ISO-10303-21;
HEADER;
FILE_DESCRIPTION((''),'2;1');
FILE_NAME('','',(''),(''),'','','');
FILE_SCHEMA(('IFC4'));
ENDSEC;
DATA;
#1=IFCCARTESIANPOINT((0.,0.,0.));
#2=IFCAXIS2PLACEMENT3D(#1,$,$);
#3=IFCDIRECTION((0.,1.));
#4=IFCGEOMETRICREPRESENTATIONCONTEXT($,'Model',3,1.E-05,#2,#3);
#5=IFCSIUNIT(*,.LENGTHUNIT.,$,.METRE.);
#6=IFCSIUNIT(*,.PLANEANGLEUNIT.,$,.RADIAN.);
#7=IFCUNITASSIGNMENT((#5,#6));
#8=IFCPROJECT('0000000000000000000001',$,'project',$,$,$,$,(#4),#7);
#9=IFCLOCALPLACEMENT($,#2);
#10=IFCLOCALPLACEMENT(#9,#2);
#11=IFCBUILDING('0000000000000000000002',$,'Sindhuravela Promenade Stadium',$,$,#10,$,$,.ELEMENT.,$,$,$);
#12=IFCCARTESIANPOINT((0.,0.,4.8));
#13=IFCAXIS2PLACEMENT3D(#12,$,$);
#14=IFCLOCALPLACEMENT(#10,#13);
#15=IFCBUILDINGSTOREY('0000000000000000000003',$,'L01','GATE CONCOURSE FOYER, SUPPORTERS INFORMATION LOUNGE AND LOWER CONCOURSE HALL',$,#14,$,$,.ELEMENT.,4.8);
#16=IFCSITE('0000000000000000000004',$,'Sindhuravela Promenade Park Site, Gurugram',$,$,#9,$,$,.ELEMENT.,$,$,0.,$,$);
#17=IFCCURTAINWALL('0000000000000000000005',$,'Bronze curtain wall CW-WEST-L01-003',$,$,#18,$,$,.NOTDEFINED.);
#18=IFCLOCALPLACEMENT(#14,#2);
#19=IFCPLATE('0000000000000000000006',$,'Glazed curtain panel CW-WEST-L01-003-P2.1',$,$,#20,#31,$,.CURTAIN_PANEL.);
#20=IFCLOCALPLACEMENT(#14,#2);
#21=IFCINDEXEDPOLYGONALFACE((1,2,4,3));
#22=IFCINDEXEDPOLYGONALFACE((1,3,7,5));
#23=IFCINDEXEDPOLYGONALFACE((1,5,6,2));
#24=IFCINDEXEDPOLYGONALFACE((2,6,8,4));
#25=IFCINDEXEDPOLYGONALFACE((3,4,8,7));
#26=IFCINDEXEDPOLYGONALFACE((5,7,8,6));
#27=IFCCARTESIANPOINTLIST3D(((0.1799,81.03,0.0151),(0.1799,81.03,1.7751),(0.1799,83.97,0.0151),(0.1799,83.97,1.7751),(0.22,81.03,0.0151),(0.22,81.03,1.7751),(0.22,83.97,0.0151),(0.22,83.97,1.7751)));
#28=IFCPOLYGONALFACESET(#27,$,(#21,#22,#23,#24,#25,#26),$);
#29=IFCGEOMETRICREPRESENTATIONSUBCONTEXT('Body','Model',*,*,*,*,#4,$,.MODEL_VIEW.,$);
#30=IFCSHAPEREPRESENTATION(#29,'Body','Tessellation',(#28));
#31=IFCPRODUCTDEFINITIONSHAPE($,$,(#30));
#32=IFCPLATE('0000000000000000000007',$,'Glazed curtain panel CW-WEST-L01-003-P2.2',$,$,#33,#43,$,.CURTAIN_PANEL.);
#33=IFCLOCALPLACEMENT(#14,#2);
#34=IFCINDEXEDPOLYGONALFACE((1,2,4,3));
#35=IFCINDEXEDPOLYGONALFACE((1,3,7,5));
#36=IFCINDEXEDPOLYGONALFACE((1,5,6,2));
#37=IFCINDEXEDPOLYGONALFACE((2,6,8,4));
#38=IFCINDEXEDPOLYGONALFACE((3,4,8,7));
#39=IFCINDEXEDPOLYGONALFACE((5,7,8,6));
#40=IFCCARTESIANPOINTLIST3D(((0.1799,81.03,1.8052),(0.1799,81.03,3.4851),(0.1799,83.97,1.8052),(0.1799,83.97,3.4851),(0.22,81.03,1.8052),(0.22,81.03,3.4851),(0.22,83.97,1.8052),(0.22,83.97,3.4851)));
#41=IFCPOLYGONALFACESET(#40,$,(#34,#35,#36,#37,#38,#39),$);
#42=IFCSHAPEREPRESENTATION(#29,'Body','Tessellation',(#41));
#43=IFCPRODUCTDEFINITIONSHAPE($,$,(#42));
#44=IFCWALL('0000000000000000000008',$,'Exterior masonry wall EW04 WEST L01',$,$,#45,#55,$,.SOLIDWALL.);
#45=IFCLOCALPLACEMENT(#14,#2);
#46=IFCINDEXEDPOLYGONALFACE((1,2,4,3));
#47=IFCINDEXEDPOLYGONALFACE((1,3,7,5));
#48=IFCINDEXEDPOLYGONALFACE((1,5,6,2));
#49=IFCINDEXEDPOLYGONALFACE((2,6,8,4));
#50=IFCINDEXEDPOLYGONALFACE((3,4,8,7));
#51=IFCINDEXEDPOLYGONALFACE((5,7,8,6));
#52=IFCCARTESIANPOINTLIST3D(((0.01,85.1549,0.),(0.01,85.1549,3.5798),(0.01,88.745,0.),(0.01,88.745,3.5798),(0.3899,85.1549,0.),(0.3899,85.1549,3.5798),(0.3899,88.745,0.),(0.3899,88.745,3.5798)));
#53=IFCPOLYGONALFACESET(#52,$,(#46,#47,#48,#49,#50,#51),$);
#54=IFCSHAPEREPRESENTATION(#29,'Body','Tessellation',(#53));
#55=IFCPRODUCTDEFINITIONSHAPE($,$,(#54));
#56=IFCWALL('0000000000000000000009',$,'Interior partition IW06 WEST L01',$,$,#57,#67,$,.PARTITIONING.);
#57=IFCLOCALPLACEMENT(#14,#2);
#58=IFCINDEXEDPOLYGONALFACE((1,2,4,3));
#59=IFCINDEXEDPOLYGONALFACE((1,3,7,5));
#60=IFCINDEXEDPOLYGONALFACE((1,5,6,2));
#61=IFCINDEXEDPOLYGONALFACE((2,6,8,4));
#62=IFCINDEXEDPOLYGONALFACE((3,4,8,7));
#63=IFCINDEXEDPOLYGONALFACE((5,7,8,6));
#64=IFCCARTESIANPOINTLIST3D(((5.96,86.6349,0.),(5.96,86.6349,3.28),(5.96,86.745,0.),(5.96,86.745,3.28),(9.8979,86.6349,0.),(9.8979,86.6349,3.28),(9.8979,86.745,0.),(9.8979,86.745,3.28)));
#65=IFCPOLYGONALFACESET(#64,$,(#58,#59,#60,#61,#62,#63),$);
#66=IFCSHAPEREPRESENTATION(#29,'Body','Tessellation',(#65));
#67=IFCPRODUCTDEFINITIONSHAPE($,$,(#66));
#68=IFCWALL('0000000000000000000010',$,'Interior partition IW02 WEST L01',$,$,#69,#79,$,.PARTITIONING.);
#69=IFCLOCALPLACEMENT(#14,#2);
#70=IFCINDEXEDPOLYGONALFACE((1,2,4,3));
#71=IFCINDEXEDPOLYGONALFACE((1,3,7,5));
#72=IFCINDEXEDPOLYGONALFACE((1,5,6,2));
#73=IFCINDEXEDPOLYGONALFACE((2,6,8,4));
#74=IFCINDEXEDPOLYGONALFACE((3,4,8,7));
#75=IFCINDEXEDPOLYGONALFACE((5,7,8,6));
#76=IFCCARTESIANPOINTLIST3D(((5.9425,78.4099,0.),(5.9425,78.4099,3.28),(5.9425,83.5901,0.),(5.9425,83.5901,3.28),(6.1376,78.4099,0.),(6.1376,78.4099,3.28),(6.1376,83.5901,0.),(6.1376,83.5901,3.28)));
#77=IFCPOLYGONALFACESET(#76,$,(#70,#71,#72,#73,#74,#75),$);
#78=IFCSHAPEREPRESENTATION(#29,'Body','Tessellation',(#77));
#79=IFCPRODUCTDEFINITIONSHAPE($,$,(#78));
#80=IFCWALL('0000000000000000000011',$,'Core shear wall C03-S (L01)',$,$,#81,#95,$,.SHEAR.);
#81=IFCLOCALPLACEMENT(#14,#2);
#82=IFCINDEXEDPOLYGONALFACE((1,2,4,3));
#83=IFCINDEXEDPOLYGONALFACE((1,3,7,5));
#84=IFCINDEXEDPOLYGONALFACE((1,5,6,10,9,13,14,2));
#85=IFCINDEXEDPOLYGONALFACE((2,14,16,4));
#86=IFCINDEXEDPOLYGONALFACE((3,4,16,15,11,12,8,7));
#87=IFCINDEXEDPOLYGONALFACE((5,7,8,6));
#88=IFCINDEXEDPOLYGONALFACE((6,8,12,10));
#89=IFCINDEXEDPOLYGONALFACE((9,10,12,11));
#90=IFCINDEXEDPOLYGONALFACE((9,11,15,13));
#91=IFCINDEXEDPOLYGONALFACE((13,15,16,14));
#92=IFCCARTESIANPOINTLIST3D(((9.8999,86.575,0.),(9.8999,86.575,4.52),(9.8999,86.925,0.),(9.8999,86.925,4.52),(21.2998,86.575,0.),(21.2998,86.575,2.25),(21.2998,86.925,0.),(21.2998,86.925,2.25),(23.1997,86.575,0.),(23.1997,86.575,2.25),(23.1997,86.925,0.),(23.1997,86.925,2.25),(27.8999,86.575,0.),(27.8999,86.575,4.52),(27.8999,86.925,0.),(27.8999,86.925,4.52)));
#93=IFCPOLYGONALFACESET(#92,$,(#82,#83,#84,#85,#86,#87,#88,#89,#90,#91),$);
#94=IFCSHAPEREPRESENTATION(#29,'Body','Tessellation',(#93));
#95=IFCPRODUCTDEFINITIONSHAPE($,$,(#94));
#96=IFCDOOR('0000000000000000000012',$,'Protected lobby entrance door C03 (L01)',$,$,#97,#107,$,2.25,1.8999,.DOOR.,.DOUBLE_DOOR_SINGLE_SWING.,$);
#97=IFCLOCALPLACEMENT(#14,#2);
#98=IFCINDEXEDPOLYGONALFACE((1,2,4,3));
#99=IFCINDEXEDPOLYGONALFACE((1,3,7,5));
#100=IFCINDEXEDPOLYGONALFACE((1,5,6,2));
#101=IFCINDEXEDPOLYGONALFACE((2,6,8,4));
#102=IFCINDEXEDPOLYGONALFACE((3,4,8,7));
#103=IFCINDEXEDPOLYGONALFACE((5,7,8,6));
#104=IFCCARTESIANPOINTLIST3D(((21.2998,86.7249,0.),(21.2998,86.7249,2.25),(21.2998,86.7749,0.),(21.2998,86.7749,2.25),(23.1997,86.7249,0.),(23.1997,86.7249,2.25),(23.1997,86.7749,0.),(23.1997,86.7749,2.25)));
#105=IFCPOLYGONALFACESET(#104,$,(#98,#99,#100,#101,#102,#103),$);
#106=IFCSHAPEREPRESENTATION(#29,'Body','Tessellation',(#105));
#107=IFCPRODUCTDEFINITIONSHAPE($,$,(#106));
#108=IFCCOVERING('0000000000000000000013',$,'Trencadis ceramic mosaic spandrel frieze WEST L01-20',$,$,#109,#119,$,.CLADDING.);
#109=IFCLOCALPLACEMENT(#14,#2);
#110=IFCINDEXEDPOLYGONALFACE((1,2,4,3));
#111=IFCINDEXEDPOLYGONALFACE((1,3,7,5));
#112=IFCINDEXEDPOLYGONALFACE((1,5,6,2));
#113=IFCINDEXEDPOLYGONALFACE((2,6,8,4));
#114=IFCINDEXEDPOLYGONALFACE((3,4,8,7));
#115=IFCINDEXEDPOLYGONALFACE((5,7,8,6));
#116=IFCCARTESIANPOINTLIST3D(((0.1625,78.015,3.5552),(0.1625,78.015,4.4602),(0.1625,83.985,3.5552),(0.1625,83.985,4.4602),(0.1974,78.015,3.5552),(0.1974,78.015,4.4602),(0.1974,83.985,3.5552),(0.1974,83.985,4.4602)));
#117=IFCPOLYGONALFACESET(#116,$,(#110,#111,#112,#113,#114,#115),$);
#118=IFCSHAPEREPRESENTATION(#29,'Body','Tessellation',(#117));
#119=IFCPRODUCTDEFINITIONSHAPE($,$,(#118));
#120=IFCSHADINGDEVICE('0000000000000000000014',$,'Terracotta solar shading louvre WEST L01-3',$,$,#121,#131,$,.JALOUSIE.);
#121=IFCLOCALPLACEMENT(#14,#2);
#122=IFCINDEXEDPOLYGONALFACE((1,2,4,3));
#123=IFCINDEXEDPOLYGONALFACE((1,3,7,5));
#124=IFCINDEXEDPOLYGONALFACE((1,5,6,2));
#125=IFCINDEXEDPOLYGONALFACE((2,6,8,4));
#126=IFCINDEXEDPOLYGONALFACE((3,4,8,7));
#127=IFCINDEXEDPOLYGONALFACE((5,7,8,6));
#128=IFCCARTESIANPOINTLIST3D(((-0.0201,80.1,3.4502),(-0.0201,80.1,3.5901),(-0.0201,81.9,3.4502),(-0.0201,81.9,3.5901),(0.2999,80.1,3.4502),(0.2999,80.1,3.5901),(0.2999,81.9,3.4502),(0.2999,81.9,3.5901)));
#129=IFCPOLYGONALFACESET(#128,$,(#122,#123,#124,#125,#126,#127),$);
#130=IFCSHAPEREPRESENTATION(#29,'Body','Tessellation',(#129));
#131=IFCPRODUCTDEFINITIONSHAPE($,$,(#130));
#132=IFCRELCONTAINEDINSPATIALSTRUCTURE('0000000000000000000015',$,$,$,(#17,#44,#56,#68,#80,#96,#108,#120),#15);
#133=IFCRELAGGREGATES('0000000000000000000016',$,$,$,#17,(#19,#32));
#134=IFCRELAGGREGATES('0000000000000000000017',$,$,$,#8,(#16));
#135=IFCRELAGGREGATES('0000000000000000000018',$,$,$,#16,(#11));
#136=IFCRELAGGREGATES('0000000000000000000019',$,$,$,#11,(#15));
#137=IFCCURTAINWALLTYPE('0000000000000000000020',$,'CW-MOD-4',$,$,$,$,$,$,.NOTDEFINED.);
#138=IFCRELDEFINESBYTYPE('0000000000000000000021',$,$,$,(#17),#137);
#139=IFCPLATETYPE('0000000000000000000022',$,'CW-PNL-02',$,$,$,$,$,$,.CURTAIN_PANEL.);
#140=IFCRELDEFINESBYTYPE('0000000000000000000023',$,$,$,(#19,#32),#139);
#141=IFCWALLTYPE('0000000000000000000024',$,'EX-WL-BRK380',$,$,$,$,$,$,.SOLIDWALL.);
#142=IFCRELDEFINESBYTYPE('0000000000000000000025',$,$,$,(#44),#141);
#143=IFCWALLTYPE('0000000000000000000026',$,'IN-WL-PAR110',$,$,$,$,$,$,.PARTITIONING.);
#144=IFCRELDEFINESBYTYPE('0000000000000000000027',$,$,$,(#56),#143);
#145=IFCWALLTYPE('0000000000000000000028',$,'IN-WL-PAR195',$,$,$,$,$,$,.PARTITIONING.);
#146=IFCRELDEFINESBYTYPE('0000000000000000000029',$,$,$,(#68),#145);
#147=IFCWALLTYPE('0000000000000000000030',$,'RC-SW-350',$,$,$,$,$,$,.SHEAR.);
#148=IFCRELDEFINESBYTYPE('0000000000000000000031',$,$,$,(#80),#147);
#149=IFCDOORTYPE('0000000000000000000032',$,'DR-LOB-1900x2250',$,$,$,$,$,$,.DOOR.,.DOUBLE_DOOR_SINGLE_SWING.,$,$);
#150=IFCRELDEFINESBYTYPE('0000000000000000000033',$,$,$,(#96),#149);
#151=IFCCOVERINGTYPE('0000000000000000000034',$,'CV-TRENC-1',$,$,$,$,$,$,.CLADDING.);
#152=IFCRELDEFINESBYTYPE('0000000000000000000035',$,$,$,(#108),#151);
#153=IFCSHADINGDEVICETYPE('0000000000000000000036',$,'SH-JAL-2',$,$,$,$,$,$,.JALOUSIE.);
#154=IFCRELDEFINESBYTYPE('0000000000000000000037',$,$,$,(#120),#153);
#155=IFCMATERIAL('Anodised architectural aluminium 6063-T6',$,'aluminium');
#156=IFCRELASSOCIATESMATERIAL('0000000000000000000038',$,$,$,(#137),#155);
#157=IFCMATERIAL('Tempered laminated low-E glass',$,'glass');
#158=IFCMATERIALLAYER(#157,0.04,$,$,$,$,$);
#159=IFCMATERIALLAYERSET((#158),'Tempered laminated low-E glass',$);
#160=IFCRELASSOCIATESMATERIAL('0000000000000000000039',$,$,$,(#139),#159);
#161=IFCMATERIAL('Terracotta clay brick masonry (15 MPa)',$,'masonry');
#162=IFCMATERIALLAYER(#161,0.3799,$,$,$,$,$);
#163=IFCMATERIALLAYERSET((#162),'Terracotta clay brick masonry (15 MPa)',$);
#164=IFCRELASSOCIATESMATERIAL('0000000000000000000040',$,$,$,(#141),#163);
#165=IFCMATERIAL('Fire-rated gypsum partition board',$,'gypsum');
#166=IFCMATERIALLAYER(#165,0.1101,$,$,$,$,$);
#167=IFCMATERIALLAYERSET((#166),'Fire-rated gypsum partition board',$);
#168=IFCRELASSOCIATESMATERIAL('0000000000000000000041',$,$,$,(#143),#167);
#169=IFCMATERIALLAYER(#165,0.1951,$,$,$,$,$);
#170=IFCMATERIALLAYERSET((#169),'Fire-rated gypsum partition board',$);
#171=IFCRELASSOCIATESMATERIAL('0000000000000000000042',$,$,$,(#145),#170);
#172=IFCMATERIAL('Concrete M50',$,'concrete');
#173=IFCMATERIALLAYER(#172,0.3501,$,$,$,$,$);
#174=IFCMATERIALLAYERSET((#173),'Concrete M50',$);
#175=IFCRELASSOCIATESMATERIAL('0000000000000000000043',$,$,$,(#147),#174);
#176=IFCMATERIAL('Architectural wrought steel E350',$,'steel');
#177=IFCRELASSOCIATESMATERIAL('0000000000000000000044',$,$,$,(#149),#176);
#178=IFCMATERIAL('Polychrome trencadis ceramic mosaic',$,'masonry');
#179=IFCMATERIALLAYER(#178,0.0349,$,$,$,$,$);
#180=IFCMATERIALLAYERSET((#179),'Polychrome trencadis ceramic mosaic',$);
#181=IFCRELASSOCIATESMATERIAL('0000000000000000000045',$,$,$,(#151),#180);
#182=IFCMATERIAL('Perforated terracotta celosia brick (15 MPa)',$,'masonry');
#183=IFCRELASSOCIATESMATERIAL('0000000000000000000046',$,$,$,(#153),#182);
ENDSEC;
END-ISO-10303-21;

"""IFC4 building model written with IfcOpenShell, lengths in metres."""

from ifc_helpers import new_model, si_unit, direction, frame, frame_2d, origin, origin_2d, place, context, subcontext, project, spatial, rectangle, extrude, material, layer, layer_set, type_object, element, fill, aggregate, save


model = new_model("IFC4")

# Units and contexts
model_context = context("Model", 3, precision=1e-05, world=origin(), true_north=direction((0.0, 1.0)))
body_context = subcontext(model_context, "Body", "Model", "MODEL_VIEW")
ifc_project = project(units=[si_unit("LENGTHUNIT", "METRE"), si_unit("PLANEANGLEUNIT", "RADIAN")], contexts=[model_context])

# Site, building, storey
site_placement = place(None, origin())
site = spatial("IfcSite", under=ifc_project, at=site_placement, Name="Sindhuravela Promenade Park Site, Gurugram", CompositionType="ELEMENT", RefElevation=0.0)
building_placement = place(site_placement, origin())
building = spatial("IfcBuilding", under=site, at=building_placement, Name="Sindhuravela Promenade Stadium", CompositionType="ELEMENT")
storey_placement = place(building_placement, frame((0.0, 0.0, 4.8)))
storey = spatial("IfcBuildingStorey", under=building, at=storey_placement, Name="L01", Description="GATE CONCOURSE FOYER, SUPPORTERS INFORMATION LOUNGE AND LOWER CONCOURSE HALL", CompositionType="ELEMENT", Elevation=4.8)

# Shared definitions
ifc_material_1 = material(Name="Concrete M50", Category="concrete")

# Curtain wall
ifc_material_2 = material(Name="Anodised architectural aluminium 6063-T6", Category="aluminium")
curtain_wall_type = type_object("IfcCurtainWallType", Name="CW-MOD-4", PredefinedType="NOTDEFINED", material=ifc_material_2)
curtain_wall_placement = place(storey_placement, origin())
curtain_wall = element("IfcCurtainWall", 1, at=curtain_wall_placement, inside=storey, type_object=curtain_wall_type, Name="Bronze curtain wall CW-WEST-L01-003", PredefinedType="NOTDEFINED")

# Plates
ifc_material_3 = material(Name="Tempered laminated low-E glass", Category="glass")
ifc_layer_1 = layer(ifc_material_3, 0.04)
ifc_layer_set_1 = layer_set([ifc_layer_1], Name="Tempered laminated low-E glass")
plate_type = type_object("IfcPlateType", Name="CW-PNL-02", PredefinedType="CURTAIN_PANEL", material=ifc_layer_set_1)
plate_1_placement = place(storey_placement, frame((0.2, 82.5, 0.0151), z_axis=(0.0, 0.0, 1.0), x_axis=(0.0, 1.0, 0.0)))
plate_1 = element("IfcPlate", 2, at=plate_1_placement, type_object=plate_type, Name="Glazed curtain panel CW-WEST-L01-003-P2.1", PredefinedType="CURTAIN_PANEL", context=body_context, shape_type="SweptSolid", body=[
    extrude(rectangle(XDim=2.9399, YDim=0.04, at=origin_2d()), origin(), (0.0, 0.0, 1.0), 1.76),
])
plate_2_placement = place(storey_placement, frame((0.2, 82.5, 1.8052), z_axis=(0.0, 0.0, 1.0), x_axis=(0.0, 1.0, 0.0)))
plate_2 = element("IfcPlate", 3, at=plate_2_placement, type_object=plate_type, Name="Glazed curtain panel CW-WEST-L01-003-P2.2", PredefinedType="CURTAIN_PANEL", context=body_context, shape_type="SweptSolid", body=[
    extrude(rectangle(XDim=2.9399, YDim=0.04, at=origin_2d()), origin(), (0.0, 0.0, 1.0), 1.6799),
])
aggregate(curtain_wall, [plate_1, plate_2])

# Walls
ifc_material_4 = material(Name="Terracotta clay brick masonry (15 MPa)", Category="masonry")
ifc_layer_2 = layer(ifc_material_4, 0.3799)
ifc_layer_set_2 = layer_set([ifc_layer_2], Name="Terracotta clay brick masonry (15 MPa)")
wall_type_1 = type_object("IfcWallType", Name="EX-WL-BRK380", PredefinedType="SOLIDWALL", material=ifc_layer_set_2)
wall_1_placement = place(storey_placement, frame((0.2, 85.155, 0.0), z_axis=(0.0, 0.0, 1.0), x_axis=(0.0, 1.0, 0.0)))
element("IfcWall", 4, at=wall_1_placement, inside=storey, type_object=wall_type_1, Name="Exterior masonry wall EW04 WEST L01", PredefinedType="SOLIDWALL", context=body_context, shape_type="SweptSolid", body=[
    extrude(rectangle(XDim=3.5901, YDim=0.3799, at=frame_2d((1.7949, 0.0))), origin(), (0.0, 0.0, 1.0), 3.5798),
])
ifc_material_5 = material(Name="Fire-rated gypsum partition board", Category="gypsum")
ifc_layer_3 = layer(ifc_material_5, 0.1101)
ifc_layer_set_3 = layer_set([ifc_layer_3], Name="Fire-rated gypsum partition board")
wall_type_2 = type_object("IfcWallType", Name="IN-WL-PAR110", PredefinedType="PARTITIONING", material=ifc_layer_set_3)
wall_2_placement = place(storey_placement, frame((9.8979, 86.6899, 0.0), z_axis=(0.0, 0.0, 1.0), x_axis=(-1.0, 0.0, 0.0)))
element("IfcWall", 5, at=wall_2_placement, inside=storey, type_object=wall_type_2, Name="Interior partition IW06 WEST L01", PredefinedType="PARTITIONING", context=body_context, shape_type="SweptSolid", body=[
    extrude(rectangle(XDim=3.938, YDim=0.1101, at=frame_2d((1.969, 0.0))), origin(), (0.0, 0.0, 1.0), 3.28),
])
ifc_layer_4 = layer(ifc_material_5, 0.1951)
ifc_layer_set_4 = layer_set([ifc_layer_4], Name="Fire-rated gypsum partition board")
wall_type_3 = type_object("IfcWallType", Name="IN-WL-PAR195", PredefinedType="PARTITIONING", material=ifc_layer_set_4)
wall_3_placement = place(storey_placement, frame((6.04, 78.4099, 0.0), z_axis=(0.0, 0.0, 1.0), x_axis=(0.0, 1.0, 0.0)))
element("IfcWall", 6, at=wall_3_placement, inside=storey, type_object=wall_type_3, Name="Interior partition IW02 WEST L01", PredefinedType="PARTITIONING", context=body_context, shape_type="SweptSolid", body=[
    extrude(rectangle(XDim=5.1802, YDim=0.1951, at=frame_2d((2.5901, 0.0))), origin(), (0.0, 0.0, 1.0), 3.28),
])

# Wall, opening, door
ifc_layer_5 = layer(ifc_material_1, 0.3501)
ifc_layer_set_5 = layer_set([ifc_layer_5], Name="Concrete M50")
wall_type_4 = type_object("IfcWallType", Name="RC-SW-350", PredefinedType="SHEAR", material=ifc_layer_set_5)
wall_4_placement = place(storey_placement, frame((9.8999, 86.75, 0.0), z_axis=(0.0, 0.0, 1.0), x_axis=(1.0, 0.0, 0.0)))
wall_4 = element("IfcWall", 7, at=wall_4_placement, inside=storey, type_object=wall_type_4, Name="Core shear wall C03-S (L01)", PredefinedType="SHEAR", context=body_context, shape_type="SweptSolid", body=[
    extrude(rectangle(XDim=18.0, YDim=0.3501, at=frame_2d((9.0, 0.0))), origin(), (0.0, 0.0, 1.0), 4.52),
])
opening_placement = place(wall_4_placement, frame((11.3999, 0.0, 0.0)))
opening = element("IfcOpeningElement", 8, at=opening_placement, cuts=wall_4, PredefinedType="OPENING", context=body_context, shape_type="SweptSolid", body=[
    extrude(rectangle(XDim=1.8999, YDim=2.25, at=frame_2d((0.95, 1.125))), frame((0.0, 0.1851, 0.0), z_axis=(0.0, -1.0, 0.0), x_axis=(1.0, 0.0, 0.0)), (0.0, 0.0, 1.0), 0.3701),
])
ifc_material_6 = material(Name="Architectural wrought steel E350", Category="steel")
door_type = type_object("IfcDoorType", Name="DR-LOB-1900x2250", OperationType="DOUBLE_DOOR_SINGLE_SWING", PredefinedType="DOOR", material=ifc_material_6)
door_placement = place(opening_placement, origin())
door = element("IfcDoor", 9, at=door_placement, inside=storey, type_object=door_type, Name="Protected lobby entrance door C03 (L01)", OperationType="DOUBLE_DOOR_SINGLE_SWING", OverallHeight=2.25, OverallWidth=1.8999, PredefinedType="DOOR", context=body_context, shape_type="SweptSolid", body=[
    extrude(rectangle(XDim=1.8999, YDim=2.25, at=frame_2d((0.95, 1.125))), frame((0.0, 0.0249, 0.0), z_axis=(0.0, -1.0, 0.0), x_axis=(1.0, 0.0, 0.0)), (0.0, 0.0, 1.0), 0.05),
])
fill(opening, door)

# Covering
ifc_material_7 = material(Name="Polychrome trencadis ceramic mosaic", Category="masonry")
ifc_layer_6 = layer(ifc_material_7, 0.0349)
ifc_layer_set_6 = layer_set([ifc_layer_6], Name="Polychrome trencadis ceramic mosaic")
covering_type = type_object("IfcCoveringType", Name="CV-TRENC-1", PredefinedType="CLADDING", material=ifc_layer_set_6)
covering_placement = place(storey_placement, frame((0.1799, 81.0, 3.5552), z_axis=(0.0, 0.0, 1.0), x_axis=(0.0, 1.0, 0.0)))
element("IfcCovering", 10, at=covering_placement, inside=storey, type_object=covering_type, Name="Trencadis ceramic mosaic spandrel frieze WEST L01-20", PredefinedType="CLADDING", context=body_context, shape_type="SweptSolid", body=[
    extrude(rectangle(XDim=5.97, YDim=0.0349, at=origin_2d()), origin(), (0.0, 0.0, 1.0), 0.905),
])

# Shading device
ifc_material_8 = material(Name="Perforated terracotta celosia brick (15 MPa)", Category="masonry")
shading_device_type = type_object("IfcShadingDeviceType", Name="SH-JAL-2", PredefinedType="JALOUSIE", material=ifc_material_8)
shading_device_placement = place(storey_placement, frame((0.1399, 81.0, 3.4502), z_axis=(0.0, 0.0, 1.0), x_axis=(0.0, 1.0, 0.0)))
element("IfcShadingDevice", 11, at=shading_device_placement, inside=storey, type_object=shading_device_type, Name="Terracotta solar shading louvre WEST L01-3", PredefinedType="JALOUSIE", context=body_context, shape_type="SweptSolid", body=[
    extrude(rectangle(XDim=1.8, YDim=0.3201, at=origin_2d()), origin(), (0.0, 0.0, 1.0), 0.1399),
])

save(model, "model.ifc")
